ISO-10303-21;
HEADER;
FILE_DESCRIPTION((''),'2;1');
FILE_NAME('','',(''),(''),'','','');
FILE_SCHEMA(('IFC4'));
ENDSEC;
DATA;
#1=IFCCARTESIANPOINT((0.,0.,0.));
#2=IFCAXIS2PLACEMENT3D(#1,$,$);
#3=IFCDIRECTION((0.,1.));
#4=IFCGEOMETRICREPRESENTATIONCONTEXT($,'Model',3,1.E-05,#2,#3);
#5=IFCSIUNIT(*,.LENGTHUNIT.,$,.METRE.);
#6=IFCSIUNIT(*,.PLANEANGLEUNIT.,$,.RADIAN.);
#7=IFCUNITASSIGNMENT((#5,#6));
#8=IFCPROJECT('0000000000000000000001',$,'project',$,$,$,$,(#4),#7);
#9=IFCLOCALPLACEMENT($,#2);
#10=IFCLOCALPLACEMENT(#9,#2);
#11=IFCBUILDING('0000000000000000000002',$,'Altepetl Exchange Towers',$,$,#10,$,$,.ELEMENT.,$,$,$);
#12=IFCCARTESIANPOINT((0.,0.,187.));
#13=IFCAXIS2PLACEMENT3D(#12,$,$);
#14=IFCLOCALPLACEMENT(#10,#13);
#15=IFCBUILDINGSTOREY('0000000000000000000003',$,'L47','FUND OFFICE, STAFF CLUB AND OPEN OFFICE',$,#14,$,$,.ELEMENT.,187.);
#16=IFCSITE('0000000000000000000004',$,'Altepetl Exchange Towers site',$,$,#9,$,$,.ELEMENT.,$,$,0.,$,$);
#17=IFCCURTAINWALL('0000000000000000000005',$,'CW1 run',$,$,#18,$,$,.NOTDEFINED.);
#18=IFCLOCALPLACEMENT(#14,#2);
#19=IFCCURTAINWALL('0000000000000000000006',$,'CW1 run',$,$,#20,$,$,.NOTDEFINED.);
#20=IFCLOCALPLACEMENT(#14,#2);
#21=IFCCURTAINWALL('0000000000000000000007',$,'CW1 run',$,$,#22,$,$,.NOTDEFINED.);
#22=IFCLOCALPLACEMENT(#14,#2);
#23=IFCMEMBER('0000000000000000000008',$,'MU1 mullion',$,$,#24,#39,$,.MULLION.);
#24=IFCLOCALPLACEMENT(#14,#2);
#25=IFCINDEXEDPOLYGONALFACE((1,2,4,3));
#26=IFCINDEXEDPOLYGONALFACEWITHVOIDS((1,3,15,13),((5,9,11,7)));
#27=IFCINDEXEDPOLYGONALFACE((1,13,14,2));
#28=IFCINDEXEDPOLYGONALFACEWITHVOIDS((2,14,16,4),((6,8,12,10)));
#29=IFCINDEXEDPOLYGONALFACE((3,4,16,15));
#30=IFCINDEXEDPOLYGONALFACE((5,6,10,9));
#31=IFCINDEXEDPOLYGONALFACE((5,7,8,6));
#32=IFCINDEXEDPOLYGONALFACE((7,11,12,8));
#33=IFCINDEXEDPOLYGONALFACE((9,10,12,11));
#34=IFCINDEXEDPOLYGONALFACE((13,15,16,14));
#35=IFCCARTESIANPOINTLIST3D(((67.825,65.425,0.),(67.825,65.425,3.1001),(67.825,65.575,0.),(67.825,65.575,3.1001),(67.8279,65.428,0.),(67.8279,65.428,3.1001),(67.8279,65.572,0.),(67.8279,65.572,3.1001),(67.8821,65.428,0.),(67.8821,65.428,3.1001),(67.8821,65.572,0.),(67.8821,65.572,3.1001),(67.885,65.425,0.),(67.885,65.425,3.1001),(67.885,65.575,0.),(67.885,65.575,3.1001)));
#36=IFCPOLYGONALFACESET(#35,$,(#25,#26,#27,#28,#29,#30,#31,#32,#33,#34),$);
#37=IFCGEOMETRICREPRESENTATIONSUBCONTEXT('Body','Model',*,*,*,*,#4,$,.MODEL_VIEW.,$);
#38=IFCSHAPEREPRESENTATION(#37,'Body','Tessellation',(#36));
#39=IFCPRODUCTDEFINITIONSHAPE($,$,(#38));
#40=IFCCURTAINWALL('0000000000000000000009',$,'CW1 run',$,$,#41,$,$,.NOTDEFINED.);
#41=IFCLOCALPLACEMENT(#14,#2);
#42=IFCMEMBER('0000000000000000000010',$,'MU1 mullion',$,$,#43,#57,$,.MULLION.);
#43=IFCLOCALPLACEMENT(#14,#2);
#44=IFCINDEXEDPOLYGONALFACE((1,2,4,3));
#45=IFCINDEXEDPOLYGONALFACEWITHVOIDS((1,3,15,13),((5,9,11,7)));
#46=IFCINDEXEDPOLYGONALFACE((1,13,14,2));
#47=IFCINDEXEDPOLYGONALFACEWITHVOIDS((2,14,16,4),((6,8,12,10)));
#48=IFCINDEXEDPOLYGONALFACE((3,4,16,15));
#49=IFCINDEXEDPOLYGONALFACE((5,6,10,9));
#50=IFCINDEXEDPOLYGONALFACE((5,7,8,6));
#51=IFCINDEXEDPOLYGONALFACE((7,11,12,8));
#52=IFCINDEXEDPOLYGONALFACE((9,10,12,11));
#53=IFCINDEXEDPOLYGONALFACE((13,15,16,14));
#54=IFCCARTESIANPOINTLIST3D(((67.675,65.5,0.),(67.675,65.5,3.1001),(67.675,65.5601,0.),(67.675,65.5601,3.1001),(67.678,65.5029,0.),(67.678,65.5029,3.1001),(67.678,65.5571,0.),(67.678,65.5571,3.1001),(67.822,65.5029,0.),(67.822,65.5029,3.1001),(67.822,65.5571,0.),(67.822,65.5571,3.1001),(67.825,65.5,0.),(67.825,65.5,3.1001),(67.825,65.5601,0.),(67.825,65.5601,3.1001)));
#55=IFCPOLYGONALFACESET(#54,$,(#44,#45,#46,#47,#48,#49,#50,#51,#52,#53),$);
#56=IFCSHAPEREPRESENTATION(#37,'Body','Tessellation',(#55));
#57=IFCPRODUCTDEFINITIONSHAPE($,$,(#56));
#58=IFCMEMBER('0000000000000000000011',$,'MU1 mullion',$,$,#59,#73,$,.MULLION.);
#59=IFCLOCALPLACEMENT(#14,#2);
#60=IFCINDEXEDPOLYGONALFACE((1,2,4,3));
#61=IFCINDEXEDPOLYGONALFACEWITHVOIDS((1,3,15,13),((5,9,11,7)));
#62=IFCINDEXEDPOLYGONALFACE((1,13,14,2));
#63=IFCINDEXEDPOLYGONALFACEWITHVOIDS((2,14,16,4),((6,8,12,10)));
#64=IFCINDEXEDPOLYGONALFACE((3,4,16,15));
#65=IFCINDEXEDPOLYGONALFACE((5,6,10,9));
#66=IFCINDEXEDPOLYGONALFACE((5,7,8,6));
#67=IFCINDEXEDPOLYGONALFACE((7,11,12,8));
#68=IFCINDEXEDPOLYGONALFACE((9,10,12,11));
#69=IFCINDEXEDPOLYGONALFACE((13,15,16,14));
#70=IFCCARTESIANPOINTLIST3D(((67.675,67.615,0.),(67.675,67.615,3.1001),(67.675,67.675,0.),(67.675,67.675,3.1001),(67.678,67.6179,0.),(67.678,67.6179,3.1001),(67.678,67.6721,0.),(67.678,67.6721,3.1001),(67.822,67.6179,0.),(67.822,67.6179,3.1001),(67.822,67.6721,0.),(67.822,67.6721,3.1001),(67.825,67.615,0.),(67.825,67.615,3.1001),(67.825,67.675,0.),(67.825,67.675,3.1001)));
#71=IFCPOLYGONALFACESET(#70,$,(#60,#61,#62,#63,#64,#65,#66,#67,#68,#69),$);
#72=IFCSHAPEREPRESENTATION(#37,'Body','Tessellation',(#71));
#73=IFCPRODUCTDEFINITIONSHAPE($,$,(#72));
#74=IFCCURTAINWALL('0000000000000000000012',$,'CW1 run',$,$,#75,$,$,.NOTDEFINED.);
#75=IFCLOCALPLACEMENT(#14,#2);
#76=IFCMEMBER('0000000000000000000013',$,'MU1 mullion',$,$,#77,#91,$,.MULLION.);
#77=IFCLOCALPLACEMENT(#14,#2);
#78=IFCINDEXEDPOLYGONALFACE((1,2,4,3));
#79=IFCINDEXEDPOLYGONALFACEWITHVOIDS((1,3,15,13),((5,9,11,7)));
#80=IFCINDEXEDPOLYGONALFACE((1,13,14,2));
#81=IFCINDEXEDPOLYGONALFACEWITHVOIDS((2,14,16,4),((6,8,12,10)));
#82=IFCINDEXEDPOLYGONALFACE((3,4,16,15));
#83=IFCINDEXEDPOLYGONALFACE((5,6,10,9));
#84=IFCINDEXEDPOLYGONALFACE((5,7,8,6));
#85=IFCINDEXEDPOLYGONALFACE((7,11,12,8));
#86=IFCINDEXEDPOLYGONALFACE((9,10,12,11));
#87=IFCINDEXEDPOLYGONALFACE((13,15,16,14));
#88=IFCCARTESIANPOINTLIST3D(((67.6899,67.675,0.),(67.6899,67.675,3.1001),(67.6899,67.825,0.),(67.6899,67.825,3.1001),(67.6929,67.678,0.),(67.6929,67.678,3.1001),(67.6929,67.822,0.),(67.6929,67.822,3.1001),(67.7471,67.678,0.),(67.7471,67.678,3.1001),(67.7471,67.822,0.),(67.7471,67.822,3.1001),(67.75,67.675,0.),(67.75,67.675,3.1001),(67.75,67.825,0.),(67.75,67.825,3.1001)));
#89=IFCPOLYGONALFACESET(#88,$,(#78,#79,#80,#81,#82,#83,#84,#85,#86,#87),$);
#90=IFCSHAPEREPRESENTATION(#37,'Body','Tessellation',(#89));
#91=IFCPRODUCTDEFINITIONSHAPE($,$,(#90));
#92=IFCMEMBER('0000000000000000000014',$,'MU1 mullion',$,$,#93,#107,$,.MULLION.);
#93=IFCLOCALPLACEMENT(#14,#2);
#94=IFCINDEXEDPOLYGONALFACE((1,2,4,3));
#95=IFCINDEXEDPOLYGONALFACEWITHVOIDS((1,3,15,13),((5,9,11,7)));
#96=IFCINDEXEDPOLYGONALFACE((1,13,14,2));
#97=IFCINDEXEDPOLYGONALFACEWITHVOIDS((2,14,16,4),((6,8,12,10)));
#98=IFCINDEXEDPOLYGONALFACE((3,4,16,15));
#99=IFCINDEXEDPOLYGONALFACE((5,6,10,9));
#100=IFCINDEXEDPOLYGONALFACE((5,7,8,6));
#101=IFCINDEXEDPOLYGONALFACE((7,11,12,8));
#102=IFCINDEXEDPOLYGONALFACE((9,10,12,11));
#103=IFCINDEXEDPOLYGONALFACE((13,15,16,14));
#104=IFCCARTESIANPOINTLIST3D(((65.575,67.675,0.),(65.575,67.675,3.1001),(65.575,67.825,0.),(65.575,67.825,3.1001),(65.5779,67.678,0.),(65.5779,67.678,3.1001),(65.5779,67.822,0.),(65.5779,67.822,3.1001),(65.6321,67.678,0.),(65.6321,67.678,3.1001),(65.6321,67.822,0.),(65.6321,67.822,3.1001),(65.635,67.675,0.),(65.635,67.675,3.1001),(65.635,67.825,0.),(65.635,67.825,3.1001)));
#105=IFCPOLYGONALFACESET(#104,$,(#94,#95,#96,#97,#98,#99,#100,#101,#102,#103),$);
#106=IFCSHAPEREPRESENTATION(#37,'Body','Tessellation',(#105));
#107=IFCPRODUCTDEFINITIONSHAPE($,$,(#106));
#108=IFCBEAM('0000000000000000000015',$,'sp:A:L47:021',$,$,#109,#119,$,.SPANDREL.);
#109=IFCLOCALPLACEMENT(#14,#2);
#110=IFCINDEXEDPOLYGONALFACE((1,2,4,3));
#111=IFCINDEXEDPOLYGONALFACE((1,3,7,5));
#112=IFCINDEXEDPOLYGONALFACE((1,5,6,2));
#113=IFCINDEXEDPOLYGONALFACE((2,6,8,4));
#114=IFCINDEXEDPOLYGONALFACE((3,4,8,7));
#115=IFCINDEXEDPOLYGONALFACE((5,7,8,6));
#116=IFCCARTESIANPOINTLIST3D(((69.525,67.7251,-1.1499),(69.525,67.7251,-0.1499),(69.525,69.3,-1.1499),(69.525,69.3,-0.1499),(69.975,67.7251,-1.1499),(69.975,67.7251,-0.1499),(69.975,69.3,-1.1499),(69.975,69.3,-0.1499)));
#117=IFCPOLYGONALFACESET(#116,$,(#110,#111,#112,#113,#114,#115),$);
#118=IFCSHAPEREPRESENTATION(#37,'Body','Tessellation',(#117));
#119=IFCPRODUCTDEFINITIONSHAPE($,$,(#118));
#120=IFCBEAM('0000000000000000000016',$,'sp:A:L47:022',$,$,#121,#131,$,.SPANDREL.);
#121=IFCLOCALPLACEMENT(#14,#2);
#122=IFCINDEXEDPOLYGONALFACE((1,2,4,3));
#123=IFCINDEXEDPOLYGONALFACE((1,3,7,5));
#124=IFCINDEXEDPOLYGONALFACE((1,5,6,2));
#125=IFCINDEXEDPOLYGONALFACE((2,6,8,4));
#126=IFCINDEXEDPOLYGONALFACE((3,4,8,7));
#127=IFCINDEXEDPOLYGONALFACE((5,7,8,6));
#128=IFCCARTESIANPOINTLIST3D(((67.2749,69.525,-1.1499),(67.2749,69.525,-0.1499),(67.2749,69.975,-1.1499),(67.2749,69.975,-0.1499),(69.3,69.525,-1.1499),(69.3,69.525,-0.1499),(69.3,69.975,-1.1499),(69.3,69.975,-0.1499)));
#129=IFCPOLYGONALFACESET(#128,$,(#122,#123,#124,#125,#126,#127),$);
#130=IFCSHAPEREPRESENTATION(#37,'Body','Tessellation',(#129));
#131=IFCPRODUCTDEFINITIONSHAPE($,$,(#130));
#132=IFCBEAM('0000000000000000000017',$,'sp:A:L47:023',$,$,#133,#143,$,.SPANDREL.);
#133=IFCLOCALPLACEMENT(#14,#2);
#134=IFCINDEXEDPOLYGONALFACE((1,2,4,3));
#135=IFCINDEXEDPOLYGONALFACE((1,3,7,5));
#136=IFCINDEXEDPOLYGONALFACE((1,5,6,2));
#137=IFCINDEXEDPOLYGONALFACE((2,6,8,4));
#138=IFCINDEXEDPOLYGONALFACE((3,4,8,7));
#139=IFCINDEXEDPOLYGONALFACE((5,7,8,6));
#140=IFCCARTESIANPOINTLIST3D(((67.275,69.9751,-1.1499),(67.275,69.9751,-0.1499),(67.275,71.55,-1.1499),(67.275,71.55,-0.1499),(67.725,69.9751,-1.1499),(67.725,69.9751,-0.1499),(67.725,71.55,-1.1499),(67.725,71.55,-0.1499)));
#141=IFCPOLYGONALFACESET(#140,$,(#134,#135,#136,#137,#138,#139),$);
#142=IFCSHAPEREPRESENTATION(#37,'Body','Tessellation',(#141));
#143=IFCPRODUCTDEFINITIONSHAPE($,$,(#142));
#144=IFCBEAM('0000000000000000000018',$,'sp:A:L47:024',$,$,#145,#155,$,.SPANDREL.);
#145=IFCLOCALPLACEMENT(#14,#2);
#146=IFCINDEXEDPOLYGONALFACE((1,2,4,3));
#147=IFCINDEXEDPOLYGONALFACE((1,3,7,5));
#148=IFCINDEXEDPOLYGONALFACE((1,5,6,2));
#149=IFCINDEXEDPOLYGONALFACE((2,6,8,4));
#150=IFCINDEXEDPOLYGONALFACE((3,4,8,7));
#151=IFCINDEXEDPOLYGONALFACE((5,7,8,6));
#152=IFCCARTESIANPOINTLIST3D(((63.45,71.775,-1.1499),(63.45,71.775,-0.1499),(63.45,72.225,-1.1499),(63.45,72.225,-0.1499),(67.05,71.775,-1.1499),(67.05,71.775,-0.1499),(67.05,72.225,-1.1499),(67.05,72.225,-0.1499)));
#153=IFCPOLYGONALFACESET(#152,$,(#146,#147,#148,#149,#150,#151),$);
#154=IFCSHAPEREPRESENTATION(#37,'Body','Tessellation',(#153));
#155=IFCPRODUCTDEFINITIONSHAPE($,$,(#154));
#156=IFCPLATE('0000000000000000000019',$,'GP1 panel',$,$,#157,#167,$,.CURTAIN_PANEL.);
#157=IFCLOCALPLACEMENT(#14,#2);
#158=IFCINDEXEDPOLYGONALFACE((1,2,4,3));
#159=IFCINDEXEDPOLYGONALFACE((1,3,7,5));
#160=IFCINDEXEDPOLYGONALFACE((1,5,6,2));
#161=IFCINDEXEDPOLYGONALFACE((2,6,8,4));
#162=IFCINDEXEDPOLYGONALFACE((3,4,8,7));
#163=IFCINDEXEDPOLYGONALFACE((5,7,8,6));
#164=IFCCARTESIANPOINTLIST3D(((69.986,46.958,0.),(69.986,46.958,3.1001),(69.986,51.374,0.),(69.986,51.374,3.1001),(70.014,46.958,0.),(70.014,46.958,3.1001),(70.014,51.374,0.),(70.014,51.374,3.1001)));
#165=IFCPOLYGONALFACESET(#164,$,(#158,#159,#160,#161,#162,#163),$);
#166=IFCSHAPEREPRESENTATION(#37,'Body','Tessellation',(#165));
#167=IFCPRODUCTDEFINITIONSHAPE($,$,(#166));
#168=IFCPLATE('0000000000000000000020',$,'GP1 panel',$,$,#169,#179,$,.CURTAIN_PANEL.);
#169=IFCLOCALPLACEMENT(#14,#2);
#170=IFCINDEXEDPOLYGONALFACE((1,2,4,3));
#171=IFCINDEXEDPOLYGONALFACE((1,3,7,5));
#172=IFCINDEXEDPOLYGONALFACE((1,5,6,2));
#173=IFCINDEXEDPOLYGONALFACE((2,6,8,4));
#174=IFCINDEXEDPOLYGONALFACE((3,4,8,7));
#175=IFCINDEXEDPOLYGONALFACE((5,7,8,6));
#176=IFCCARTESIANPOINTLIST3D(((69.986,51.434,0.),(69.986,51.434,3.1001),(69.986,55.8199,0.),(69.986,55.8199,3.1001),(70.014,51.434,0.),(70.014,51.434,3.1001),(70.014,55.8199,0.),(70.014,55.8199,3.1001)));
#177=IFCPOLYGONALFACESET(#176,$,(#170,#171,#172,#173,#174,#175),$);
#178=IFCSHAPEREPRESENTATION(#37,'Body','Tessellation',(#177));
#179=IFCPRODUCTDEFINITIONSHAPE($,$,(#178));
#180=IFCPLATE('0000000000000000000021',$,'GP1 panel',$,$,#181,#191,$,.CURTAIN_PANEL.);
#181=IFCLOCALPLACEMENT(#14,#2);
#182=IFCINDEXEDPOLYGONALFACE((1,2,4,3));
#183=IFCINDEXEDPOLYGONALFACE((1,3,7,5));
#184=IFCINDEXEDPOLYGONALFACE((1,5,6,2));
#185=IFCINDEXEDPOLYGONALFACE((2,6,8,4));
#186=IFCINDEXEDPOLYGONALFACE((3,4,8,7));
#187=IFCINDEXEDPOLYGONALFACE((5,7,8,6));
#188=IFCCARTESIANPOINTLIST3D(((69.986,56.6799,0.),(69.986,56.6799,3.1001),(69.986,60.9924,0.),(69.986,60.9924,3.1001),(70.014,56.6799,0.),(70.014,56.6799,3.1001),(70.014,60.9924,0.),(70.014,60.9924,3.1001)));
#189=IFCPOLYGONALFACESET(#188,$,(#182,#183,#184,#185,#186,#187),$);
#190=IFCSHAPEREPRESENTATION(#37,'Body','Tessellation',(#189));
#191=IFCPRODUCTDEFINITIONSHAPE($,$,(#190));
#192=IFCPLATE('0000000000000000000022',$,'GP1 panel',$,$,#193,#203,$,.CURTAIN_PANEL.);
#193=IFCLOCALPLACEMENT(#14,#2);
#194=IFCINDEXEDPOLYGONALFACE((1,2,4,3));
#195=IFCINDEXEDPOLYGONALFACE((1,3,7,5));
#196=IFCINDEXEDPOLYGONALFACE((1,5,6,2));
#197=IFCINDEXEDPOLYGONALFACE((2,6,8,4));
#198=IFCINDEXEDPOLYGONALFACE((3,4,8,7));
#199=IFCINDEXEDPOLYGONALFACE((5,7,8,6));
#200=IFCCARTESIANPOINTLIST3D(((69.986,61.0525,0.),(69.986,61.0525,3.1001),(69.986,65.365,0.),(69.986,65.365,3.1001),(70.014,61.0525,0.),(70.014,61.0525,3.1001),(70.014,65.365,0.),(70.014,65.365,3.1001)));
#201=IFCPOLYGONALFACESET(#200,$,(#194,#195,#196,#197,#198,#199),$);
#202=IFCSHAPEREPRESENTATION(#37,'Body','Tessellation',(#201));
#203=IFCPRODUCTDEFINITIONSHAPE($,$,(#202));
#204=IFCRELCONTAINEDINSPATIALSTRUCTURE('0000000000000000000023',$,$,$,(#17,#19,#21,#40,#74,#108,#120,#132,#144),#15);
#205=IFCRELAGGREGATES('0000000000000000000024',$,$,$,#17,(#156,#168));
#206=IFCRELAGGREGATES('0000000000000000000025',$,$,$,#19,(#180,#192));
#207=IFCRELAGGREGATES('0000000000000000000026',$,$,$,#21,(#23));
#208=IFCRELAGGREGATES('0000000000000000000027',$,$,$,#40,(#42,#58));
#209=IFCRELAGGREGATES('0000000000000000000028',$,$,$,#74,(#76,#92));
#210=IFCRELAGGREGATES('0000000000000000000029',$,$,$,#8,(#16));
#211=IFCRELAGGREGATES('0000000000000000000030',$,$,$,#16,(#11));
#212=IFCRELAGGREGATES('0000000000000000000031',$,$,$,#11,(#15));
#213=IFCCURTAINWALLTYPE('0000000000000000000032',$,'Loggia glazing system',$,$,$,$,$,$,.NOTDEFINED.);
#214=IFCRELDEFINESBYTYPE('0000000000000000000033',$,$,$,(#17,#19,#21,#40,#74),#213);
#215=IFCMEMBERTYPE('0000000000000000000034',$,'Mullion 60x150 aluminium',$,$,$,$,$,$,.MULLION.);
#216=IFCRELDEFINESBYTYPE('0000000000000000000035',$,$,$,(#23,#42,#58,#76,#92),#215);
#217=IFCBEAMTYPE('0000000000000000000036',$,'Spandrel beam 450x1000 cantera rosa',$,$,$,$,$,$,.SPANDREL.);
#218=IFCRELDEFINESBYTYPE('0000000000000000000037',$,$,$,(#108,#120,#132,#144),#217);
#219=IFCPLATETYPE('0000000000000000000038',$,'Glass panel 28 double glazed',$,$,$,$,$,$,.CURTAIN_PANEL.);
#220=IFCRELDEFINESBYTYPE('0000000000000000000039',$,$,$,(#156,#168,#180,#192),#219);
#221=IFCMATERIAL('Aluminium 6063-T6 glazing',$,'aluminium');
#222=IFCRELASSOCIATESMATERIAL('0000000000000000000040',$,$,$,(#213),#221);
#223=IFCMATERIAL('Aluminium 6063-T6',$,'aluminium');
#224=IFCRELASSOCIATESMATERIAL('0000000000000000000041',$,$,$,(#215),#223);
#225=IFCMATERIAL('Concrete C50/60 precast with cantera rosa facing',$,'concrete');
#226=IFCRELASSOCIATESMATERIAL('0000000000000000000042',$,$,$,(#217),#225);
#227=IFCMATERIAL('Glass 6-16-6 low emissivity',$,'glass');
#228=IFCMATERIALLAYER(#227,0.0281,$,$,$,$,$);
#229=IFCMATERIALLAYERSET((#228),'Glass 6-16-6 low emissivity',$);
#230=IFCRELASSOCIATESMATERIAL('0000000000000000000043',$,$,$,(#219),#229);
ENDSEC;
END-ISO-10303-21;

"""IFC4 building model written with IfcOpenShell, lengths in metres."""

from ifc_helpers import new_model, si_unit, direction, frame, origin, origin_2d, place, context, subcontext, project, spatial, rectangle, hollow_rectangle, extrude, material, layer, layer_set, material_profile, profile_set, type_object, element, aggregate, save


model = new_model("IFC4")

# Units and contexts
model_context = context("Model", 3, precision=1e-05, world=origin(), true_north=direction((0.0, 1.0)))
body_context = subcontext(model_context, "Body", "Model", "MODEL_VIEW")
ifc_project = project(units=[si_unit("LENGTHUNIT", "METRE"), si_unit("PLANEANGLEUNIT", "RADIAN")], contexts=[model_context])

# Site, building, storey
site_placement = place(None, origin())
site = spatial("IfcSite", under=ifc_project, at=site_placement, Name="Altepetl Exchange Towers site", CompositionType="ELEMENT", RefElevation=0.0)
building_placement = place(site_placement, origin())
building = spatial("IfcBuilding", under=site, at=building_placement, Name="Altepetl Exchange Towers", CompositionType="ELEMENT")
storey_placement = place(building_placement, frame((0.0, 0.0, 187.0)))
storey = spatial("IfcBuildingStorey", under=building, at=storey_placement, Name="L47", Description="FUND OFFICE, STAFF CLUB AND OPEN OFFICE", CompositionType="ELEMENT", Elevation=187.0)

# Curtain walls, members
ifc_material_1 = material(Name="Aluminium 6063-T6 glazing", Category="aluminium")
curtain_wall_type = type_object("IfcCurtainWallType", Name="Loggia glazing system", PredefinedType="NOTDEFINED", material=ifc_material_1)
curtain_wall_1_placement = place(storey_placement, origin())
curtain_wall_1 = element("IfcCurtainWall", 1, at=curtain_wall_1_placement, inside=storey, type_object=curtain_wall_type, Name="CW1 run", PredefinedType="NOTDEFINED")
ifc_material_2 = material(Name="Aluminium 6063-T6", Category="aluminium")
ifc_material_profile_1 = material_profile(ifc_material_2, hollow_rectangle(XDim=0.0601, YDim=0.1499, WallThickness=0.0029, at=origin_2d()), Name="Mullion 60x150 aluminium")
ifc_profile_set_1 = profile_set([ifc_material_profile_1], Name="Aluminium 6063-T6")
member_type = type_object("IfcMemberType", Name="Mullion 60x150 aluminium", PredefinedType="MULLION", material=ifc_profile_set_1)
curtain_wall_2_placement = place(storey_placement, origin())
curtain_wall_2 = element("IfcCurtainWall", 2, at=curtain_wall_2_placement, inside=storey, type_object=curtain_wall_type, Name="CW1 run", PredefinedType="NOTDEFINED")
curtain_wall_3_placement = place(storey_placement, origin())
curtain_wall_3 = element("IfcCurtainWall", 3, at=curtain_wall_3_placement, inside=storey, type_object=curtain_wall_type, Name="CW1 run", PredefinedType="NOTDEFINED")
member_1_placement = place(storey_placement, frame((67.855, 65.5, 0.0), z_axis=(0.0, 0.0, 1.0), x_axis=(-1.0, 0.0, 0.0)))
member_1 = element("IfcMember", 4, at=member_1_placement, type_object=member_type, Name="MU1 mullion", PredefinedType="MULLION", context=body_context, shape_type="SweptSolid", body=[
    extrude(hollow_rectangle(XDim=0.0601, YDim=0.1499, WallThickness=0.0029, at=origin_2d()), origin(), (0.0, 0.0, 1.0), 3.1001),
])
curtain_wall_4_placement = place(storey_placement, origin())
curtain_wall_4 = element("IfcCurtainWall", 5, at=curtain_wall_4_placement, inside=storey, type_object=curtain_wall_type, Name="CW1 run", PredefinedType="NOTDEFINED")
member_2_placement = place(storey_placement, frame((67.75, 65.53, 0.0), z_axis=(0.0, 0.0, 1.0), x_axis=(0.0, 1.0, 0.0)))
member_2 = element("IfcMember", 6, at=member_2_placement, type_object=member_type, Name="MU1 mullion", PredefinedType="MULLION", context=body_context, shape_type="SweptSolid", body=[
    extrude(hollow_rectangle(XDim=0.0601, YDim=0.1499, WallThickness=0.0029, at=origin_2d()), origin(), (0.0, 0.0, 1.0), 3.1001),
])
member_3_placement = place(storey_placement, frame((67.75, 67.645, 0.0), z_axis=(0.0, 0.0, 1.0), x_axis=(0.0, 1.0, 0.0)))
member_3 = element("IfcMember", 7, at=member_3_placement, type_object=member_type, Name="MU1 mullion", PredefinedType="MULLION", context=body_context, shape_type="SweptSolid", body=[
    extrude(hollow_rectangle(XDim=0.0601, YDim=0.1499, WallThickness=0.0029, at=origin_2d()), origin(), (0.0, 0.0, 1.0), 3.1001),
])
curtain_wall_5_placement = place(storey_placement, origin())
curtain_wall_5 = element("IfcCurtainWall", 8, at=curtain_wall_5_placement, inside=storey, type_object=curtain_wall_type, Name="CW1 run", PredefinedType="NOTDEFINED")
member_4_placement = place(storey_placement, frame((67.72, 67.75, 0.0), z_axis=(0.0, 0.0, 1.0), x_axis=(-1.0, 0.0, 0.0)))
member_4 = element("IfcMember", 9, at=member_4_placement, type_object=member_type, Name="MU1 mullion", PredefinedType="MULLION", context=body_context, shape_type="SweptSolid", body=[
    extrude(hollow_rectangle(XDim=0.0601, YDim=0.1499, WallThickness=0.0029, at=origin_2d()), origin(), (0.0, 0.0, 1.0), 3.1001),
])
member_5_placement = place(storey_placement, frame((65.605, 67.75, 0.0), z_axis=(0.0, 0.0, 1.0), x_axis=(-1.0, 0.0, 0.0)))
member_5 = element("IfcMember", 10, at=member_5_placement, type_object=member_type, Name="MU1 mullion", PredefinedType="MULLION", context=body_context, shape_type="SweptSolid", body=[
    extrude(hollow_rectangle(XDim=0.0601, YDim=0.1499, WallThickness=0.0029, at=origin_2d()), origin(), (0.0, 0.0, 1.0), 3.1001),
])

# Beams
ifc_material_3 = material(Name="Concrete C50/60 precast with cantera rosa facing", Category="concrete")
ifc_material_profile_2 = material_profile(ifc_material_3, rectangle(XDim=0.45, YDim=1.0, at=origin_2d()), Name="450 x 1000")
ifc_profile_set_2 = profile_set([ifc_material_profile_2], Name="Concrete C50/60 precast with cantera rosa facing")
beam_type_1 = type_object("IfcBeamType", Name="Spandrel beam 450x1000 cantera rosa", PredefinedType="SPANDREL", material=ifc_profile_set_2)
beam_1_placement = place(storey_placement, frame((69.75, 67.7251, -0.6499), z_axis=(0.0, 1.0, 0.0), x_axis=(-1.0, 0.0, 0.0)))
element("IfcBeam", 11, at=beam_1_placement, inside=storey, type_object=beam_type_1, Name="sp:A:L47:021", PredefinedType="SPANDREL", context=body_context, shape_type="SweptSolid", body=[
    extrude(rectangle(XDim=0.45, YDim=1.0, at=origin_2d()), origin(), (0.0, 0.0, 1.0), 1.575),
])
beam_2_placement = place(storey_placement, frame((69.3, 69.75, -0.6499), z_axis=(-1.0, 0.0, 0.0), x_axis=(0.0, -1.0, 0.0)))
element("IfcBeam", 12, at=beam_2_placement, inside=storey, type_object=beam_type_1, Name="sp:A:L47:022", PredefinedType="SPANDREL", context=body_context, shape_type="SweptSolid", body=[
    extrude(rectangle(XDim=0.45, YDim=1.0, at=origin_2d()), origin(), (0.0, 0.0, 1.0), 2.0251),
])
beam_3_placement = place(storey_placement, frame((67.5, 69.9751, -0.6499), z_axis=(0.0, 1.0, 0.0), x_axis=(-1.0, 0.0, 0.0)))
element("IfcBeam", 13, at=beam_3_placement, inside=storey, type_object=beam_type_1, Name="sp:A:L47:023", PredefinedType="SPANDREL", context=body_context, shape_type="SweptSolid", body=[
    extrude(rectangle(XDim=0.45, YDim=1.0, at=origin_2d()), origin(), (0.0, 0.0, 1.0), 1.575),
])
beam_4_placement = place(storey_placement, frame((67.05, 72.0, -0.6499), z_axis=(-1.0, 0.0, 0.0), x_axis=(0.0, -1.0, 0.0)))
element("IfcBeam", 14, at=beam_4_placement, inside=storey, type_object=beam_type_1, Name="sp:A:L47:024", PredefinedType="SPANDREL", context=body_context, shape_type="SweptSolid", body=[
    extrude(rectangle(XDim=0.45, YDim=1.0, at=origin_2d()), origin(), (0.0, 0.0, 1.0), 3.6001),
])

# Plates
ifc_material_4 = material(Name="Glass 6-16-6 low emissivity", Category="glass")
ifc_layer = layer(ifc_material_4, 0.0281)
ifc_layer_set = layer_set([ifc_layer], Name="Glass 6-16-6 low emissivity")
plate_type = type_object("IfcPlateType", Name="Glass panel 28 double glazed", PredefinedType="CURTAIN_PANEL", material=ifc_layer_set)
plate_1_placement = place(storey_placement, frame((70.0, 49.166, 0.0), z_axis=(0.0, 0.0, 1.0), x_axis=(0.0, 1.0, 0.0)))
plate_1 = element("IfcPlate", 15, at=plate_1_placement, type_object=plate_type, Name="GP1 panel", PredefinedType="CURTAIN_PANEL", context=body_context, shape_type="SweptSolid", body=[
    extrude(rectangle(XDim=4.416, YDim=0.0281, at=origin_2d()), origin(), (0.0, 0.0, 1.0), 3.1001),
])
plate_2_placement = place(storey_placement, frame((70.0, 53.627, 0.0), z_axis=(0.0, 0.0, 1.0), x_axis=(0.0, 1.0, 0.0)))
plate_2 = element("IfcPlate", 16, at=plate_2_placement, type_object=plate_type, Name="GP1 panel", PredefinedType="CURTAIN_PANEL", context=body_context, shape_type="SweptSolid", body=[
    extrude(rectangle(XDim=4.386, YDim=0.0281, at=origin_2d()), origin(), (0.0, 0.0, 1.0), 3.1001),
])
aggregate(curtain_wall_1, [plate_1, plate_2])
plate_3_placement = place(storey_placement, frame((70.0, 58.8362, 0.0), z_axis=(0.0, 0.0, 1.0), x_axis=(0.0, 1.0, 0.0)))
plate_3 = element("IfcPlate", 17, at=plate_3_placement, type_object=plate_type, Name="GP1 panel", PredefinedType="CURTAIN_PANEL", context=body_context, shape_type="SweptSolid", body=[
    extrude(rectangle(XDim=4.3125, YDim=0.0281, at=origin_2d()), origin(), (0.0, 0.0, 1.0), 3.1001),
])
plate_4_placement = place(storey_placement, frame((70.0, 63.2087, 0.0), z_axis=(0.0, 0.0, 1.0), x_axis=(0.0, 1.0, 0.0)))
plate_4 = element("IfcPlate", 18, at=plate_4_placement, type_object=plate_type, Name="GP1 panel", PredefinedType="CURTAIN_PANEL", context=body_context, shape_type="SweptSolid", body=[
    extrude(rectangle(XDim=4.3125, YDim=0.0281, at=origin_2d()), origin(), (0.0, 0.0, 1.0), 3.1001),
])
aggregate(curtain_wall_2, [plate_3, plate_4])
aggregate(curtain_wall_3, [member_1])
aggregate(curtain_wall_4, [member_2, member_3])
aggregate(curtain_wall_5, [member_4, member_5])

save(model, "model.ifc")
